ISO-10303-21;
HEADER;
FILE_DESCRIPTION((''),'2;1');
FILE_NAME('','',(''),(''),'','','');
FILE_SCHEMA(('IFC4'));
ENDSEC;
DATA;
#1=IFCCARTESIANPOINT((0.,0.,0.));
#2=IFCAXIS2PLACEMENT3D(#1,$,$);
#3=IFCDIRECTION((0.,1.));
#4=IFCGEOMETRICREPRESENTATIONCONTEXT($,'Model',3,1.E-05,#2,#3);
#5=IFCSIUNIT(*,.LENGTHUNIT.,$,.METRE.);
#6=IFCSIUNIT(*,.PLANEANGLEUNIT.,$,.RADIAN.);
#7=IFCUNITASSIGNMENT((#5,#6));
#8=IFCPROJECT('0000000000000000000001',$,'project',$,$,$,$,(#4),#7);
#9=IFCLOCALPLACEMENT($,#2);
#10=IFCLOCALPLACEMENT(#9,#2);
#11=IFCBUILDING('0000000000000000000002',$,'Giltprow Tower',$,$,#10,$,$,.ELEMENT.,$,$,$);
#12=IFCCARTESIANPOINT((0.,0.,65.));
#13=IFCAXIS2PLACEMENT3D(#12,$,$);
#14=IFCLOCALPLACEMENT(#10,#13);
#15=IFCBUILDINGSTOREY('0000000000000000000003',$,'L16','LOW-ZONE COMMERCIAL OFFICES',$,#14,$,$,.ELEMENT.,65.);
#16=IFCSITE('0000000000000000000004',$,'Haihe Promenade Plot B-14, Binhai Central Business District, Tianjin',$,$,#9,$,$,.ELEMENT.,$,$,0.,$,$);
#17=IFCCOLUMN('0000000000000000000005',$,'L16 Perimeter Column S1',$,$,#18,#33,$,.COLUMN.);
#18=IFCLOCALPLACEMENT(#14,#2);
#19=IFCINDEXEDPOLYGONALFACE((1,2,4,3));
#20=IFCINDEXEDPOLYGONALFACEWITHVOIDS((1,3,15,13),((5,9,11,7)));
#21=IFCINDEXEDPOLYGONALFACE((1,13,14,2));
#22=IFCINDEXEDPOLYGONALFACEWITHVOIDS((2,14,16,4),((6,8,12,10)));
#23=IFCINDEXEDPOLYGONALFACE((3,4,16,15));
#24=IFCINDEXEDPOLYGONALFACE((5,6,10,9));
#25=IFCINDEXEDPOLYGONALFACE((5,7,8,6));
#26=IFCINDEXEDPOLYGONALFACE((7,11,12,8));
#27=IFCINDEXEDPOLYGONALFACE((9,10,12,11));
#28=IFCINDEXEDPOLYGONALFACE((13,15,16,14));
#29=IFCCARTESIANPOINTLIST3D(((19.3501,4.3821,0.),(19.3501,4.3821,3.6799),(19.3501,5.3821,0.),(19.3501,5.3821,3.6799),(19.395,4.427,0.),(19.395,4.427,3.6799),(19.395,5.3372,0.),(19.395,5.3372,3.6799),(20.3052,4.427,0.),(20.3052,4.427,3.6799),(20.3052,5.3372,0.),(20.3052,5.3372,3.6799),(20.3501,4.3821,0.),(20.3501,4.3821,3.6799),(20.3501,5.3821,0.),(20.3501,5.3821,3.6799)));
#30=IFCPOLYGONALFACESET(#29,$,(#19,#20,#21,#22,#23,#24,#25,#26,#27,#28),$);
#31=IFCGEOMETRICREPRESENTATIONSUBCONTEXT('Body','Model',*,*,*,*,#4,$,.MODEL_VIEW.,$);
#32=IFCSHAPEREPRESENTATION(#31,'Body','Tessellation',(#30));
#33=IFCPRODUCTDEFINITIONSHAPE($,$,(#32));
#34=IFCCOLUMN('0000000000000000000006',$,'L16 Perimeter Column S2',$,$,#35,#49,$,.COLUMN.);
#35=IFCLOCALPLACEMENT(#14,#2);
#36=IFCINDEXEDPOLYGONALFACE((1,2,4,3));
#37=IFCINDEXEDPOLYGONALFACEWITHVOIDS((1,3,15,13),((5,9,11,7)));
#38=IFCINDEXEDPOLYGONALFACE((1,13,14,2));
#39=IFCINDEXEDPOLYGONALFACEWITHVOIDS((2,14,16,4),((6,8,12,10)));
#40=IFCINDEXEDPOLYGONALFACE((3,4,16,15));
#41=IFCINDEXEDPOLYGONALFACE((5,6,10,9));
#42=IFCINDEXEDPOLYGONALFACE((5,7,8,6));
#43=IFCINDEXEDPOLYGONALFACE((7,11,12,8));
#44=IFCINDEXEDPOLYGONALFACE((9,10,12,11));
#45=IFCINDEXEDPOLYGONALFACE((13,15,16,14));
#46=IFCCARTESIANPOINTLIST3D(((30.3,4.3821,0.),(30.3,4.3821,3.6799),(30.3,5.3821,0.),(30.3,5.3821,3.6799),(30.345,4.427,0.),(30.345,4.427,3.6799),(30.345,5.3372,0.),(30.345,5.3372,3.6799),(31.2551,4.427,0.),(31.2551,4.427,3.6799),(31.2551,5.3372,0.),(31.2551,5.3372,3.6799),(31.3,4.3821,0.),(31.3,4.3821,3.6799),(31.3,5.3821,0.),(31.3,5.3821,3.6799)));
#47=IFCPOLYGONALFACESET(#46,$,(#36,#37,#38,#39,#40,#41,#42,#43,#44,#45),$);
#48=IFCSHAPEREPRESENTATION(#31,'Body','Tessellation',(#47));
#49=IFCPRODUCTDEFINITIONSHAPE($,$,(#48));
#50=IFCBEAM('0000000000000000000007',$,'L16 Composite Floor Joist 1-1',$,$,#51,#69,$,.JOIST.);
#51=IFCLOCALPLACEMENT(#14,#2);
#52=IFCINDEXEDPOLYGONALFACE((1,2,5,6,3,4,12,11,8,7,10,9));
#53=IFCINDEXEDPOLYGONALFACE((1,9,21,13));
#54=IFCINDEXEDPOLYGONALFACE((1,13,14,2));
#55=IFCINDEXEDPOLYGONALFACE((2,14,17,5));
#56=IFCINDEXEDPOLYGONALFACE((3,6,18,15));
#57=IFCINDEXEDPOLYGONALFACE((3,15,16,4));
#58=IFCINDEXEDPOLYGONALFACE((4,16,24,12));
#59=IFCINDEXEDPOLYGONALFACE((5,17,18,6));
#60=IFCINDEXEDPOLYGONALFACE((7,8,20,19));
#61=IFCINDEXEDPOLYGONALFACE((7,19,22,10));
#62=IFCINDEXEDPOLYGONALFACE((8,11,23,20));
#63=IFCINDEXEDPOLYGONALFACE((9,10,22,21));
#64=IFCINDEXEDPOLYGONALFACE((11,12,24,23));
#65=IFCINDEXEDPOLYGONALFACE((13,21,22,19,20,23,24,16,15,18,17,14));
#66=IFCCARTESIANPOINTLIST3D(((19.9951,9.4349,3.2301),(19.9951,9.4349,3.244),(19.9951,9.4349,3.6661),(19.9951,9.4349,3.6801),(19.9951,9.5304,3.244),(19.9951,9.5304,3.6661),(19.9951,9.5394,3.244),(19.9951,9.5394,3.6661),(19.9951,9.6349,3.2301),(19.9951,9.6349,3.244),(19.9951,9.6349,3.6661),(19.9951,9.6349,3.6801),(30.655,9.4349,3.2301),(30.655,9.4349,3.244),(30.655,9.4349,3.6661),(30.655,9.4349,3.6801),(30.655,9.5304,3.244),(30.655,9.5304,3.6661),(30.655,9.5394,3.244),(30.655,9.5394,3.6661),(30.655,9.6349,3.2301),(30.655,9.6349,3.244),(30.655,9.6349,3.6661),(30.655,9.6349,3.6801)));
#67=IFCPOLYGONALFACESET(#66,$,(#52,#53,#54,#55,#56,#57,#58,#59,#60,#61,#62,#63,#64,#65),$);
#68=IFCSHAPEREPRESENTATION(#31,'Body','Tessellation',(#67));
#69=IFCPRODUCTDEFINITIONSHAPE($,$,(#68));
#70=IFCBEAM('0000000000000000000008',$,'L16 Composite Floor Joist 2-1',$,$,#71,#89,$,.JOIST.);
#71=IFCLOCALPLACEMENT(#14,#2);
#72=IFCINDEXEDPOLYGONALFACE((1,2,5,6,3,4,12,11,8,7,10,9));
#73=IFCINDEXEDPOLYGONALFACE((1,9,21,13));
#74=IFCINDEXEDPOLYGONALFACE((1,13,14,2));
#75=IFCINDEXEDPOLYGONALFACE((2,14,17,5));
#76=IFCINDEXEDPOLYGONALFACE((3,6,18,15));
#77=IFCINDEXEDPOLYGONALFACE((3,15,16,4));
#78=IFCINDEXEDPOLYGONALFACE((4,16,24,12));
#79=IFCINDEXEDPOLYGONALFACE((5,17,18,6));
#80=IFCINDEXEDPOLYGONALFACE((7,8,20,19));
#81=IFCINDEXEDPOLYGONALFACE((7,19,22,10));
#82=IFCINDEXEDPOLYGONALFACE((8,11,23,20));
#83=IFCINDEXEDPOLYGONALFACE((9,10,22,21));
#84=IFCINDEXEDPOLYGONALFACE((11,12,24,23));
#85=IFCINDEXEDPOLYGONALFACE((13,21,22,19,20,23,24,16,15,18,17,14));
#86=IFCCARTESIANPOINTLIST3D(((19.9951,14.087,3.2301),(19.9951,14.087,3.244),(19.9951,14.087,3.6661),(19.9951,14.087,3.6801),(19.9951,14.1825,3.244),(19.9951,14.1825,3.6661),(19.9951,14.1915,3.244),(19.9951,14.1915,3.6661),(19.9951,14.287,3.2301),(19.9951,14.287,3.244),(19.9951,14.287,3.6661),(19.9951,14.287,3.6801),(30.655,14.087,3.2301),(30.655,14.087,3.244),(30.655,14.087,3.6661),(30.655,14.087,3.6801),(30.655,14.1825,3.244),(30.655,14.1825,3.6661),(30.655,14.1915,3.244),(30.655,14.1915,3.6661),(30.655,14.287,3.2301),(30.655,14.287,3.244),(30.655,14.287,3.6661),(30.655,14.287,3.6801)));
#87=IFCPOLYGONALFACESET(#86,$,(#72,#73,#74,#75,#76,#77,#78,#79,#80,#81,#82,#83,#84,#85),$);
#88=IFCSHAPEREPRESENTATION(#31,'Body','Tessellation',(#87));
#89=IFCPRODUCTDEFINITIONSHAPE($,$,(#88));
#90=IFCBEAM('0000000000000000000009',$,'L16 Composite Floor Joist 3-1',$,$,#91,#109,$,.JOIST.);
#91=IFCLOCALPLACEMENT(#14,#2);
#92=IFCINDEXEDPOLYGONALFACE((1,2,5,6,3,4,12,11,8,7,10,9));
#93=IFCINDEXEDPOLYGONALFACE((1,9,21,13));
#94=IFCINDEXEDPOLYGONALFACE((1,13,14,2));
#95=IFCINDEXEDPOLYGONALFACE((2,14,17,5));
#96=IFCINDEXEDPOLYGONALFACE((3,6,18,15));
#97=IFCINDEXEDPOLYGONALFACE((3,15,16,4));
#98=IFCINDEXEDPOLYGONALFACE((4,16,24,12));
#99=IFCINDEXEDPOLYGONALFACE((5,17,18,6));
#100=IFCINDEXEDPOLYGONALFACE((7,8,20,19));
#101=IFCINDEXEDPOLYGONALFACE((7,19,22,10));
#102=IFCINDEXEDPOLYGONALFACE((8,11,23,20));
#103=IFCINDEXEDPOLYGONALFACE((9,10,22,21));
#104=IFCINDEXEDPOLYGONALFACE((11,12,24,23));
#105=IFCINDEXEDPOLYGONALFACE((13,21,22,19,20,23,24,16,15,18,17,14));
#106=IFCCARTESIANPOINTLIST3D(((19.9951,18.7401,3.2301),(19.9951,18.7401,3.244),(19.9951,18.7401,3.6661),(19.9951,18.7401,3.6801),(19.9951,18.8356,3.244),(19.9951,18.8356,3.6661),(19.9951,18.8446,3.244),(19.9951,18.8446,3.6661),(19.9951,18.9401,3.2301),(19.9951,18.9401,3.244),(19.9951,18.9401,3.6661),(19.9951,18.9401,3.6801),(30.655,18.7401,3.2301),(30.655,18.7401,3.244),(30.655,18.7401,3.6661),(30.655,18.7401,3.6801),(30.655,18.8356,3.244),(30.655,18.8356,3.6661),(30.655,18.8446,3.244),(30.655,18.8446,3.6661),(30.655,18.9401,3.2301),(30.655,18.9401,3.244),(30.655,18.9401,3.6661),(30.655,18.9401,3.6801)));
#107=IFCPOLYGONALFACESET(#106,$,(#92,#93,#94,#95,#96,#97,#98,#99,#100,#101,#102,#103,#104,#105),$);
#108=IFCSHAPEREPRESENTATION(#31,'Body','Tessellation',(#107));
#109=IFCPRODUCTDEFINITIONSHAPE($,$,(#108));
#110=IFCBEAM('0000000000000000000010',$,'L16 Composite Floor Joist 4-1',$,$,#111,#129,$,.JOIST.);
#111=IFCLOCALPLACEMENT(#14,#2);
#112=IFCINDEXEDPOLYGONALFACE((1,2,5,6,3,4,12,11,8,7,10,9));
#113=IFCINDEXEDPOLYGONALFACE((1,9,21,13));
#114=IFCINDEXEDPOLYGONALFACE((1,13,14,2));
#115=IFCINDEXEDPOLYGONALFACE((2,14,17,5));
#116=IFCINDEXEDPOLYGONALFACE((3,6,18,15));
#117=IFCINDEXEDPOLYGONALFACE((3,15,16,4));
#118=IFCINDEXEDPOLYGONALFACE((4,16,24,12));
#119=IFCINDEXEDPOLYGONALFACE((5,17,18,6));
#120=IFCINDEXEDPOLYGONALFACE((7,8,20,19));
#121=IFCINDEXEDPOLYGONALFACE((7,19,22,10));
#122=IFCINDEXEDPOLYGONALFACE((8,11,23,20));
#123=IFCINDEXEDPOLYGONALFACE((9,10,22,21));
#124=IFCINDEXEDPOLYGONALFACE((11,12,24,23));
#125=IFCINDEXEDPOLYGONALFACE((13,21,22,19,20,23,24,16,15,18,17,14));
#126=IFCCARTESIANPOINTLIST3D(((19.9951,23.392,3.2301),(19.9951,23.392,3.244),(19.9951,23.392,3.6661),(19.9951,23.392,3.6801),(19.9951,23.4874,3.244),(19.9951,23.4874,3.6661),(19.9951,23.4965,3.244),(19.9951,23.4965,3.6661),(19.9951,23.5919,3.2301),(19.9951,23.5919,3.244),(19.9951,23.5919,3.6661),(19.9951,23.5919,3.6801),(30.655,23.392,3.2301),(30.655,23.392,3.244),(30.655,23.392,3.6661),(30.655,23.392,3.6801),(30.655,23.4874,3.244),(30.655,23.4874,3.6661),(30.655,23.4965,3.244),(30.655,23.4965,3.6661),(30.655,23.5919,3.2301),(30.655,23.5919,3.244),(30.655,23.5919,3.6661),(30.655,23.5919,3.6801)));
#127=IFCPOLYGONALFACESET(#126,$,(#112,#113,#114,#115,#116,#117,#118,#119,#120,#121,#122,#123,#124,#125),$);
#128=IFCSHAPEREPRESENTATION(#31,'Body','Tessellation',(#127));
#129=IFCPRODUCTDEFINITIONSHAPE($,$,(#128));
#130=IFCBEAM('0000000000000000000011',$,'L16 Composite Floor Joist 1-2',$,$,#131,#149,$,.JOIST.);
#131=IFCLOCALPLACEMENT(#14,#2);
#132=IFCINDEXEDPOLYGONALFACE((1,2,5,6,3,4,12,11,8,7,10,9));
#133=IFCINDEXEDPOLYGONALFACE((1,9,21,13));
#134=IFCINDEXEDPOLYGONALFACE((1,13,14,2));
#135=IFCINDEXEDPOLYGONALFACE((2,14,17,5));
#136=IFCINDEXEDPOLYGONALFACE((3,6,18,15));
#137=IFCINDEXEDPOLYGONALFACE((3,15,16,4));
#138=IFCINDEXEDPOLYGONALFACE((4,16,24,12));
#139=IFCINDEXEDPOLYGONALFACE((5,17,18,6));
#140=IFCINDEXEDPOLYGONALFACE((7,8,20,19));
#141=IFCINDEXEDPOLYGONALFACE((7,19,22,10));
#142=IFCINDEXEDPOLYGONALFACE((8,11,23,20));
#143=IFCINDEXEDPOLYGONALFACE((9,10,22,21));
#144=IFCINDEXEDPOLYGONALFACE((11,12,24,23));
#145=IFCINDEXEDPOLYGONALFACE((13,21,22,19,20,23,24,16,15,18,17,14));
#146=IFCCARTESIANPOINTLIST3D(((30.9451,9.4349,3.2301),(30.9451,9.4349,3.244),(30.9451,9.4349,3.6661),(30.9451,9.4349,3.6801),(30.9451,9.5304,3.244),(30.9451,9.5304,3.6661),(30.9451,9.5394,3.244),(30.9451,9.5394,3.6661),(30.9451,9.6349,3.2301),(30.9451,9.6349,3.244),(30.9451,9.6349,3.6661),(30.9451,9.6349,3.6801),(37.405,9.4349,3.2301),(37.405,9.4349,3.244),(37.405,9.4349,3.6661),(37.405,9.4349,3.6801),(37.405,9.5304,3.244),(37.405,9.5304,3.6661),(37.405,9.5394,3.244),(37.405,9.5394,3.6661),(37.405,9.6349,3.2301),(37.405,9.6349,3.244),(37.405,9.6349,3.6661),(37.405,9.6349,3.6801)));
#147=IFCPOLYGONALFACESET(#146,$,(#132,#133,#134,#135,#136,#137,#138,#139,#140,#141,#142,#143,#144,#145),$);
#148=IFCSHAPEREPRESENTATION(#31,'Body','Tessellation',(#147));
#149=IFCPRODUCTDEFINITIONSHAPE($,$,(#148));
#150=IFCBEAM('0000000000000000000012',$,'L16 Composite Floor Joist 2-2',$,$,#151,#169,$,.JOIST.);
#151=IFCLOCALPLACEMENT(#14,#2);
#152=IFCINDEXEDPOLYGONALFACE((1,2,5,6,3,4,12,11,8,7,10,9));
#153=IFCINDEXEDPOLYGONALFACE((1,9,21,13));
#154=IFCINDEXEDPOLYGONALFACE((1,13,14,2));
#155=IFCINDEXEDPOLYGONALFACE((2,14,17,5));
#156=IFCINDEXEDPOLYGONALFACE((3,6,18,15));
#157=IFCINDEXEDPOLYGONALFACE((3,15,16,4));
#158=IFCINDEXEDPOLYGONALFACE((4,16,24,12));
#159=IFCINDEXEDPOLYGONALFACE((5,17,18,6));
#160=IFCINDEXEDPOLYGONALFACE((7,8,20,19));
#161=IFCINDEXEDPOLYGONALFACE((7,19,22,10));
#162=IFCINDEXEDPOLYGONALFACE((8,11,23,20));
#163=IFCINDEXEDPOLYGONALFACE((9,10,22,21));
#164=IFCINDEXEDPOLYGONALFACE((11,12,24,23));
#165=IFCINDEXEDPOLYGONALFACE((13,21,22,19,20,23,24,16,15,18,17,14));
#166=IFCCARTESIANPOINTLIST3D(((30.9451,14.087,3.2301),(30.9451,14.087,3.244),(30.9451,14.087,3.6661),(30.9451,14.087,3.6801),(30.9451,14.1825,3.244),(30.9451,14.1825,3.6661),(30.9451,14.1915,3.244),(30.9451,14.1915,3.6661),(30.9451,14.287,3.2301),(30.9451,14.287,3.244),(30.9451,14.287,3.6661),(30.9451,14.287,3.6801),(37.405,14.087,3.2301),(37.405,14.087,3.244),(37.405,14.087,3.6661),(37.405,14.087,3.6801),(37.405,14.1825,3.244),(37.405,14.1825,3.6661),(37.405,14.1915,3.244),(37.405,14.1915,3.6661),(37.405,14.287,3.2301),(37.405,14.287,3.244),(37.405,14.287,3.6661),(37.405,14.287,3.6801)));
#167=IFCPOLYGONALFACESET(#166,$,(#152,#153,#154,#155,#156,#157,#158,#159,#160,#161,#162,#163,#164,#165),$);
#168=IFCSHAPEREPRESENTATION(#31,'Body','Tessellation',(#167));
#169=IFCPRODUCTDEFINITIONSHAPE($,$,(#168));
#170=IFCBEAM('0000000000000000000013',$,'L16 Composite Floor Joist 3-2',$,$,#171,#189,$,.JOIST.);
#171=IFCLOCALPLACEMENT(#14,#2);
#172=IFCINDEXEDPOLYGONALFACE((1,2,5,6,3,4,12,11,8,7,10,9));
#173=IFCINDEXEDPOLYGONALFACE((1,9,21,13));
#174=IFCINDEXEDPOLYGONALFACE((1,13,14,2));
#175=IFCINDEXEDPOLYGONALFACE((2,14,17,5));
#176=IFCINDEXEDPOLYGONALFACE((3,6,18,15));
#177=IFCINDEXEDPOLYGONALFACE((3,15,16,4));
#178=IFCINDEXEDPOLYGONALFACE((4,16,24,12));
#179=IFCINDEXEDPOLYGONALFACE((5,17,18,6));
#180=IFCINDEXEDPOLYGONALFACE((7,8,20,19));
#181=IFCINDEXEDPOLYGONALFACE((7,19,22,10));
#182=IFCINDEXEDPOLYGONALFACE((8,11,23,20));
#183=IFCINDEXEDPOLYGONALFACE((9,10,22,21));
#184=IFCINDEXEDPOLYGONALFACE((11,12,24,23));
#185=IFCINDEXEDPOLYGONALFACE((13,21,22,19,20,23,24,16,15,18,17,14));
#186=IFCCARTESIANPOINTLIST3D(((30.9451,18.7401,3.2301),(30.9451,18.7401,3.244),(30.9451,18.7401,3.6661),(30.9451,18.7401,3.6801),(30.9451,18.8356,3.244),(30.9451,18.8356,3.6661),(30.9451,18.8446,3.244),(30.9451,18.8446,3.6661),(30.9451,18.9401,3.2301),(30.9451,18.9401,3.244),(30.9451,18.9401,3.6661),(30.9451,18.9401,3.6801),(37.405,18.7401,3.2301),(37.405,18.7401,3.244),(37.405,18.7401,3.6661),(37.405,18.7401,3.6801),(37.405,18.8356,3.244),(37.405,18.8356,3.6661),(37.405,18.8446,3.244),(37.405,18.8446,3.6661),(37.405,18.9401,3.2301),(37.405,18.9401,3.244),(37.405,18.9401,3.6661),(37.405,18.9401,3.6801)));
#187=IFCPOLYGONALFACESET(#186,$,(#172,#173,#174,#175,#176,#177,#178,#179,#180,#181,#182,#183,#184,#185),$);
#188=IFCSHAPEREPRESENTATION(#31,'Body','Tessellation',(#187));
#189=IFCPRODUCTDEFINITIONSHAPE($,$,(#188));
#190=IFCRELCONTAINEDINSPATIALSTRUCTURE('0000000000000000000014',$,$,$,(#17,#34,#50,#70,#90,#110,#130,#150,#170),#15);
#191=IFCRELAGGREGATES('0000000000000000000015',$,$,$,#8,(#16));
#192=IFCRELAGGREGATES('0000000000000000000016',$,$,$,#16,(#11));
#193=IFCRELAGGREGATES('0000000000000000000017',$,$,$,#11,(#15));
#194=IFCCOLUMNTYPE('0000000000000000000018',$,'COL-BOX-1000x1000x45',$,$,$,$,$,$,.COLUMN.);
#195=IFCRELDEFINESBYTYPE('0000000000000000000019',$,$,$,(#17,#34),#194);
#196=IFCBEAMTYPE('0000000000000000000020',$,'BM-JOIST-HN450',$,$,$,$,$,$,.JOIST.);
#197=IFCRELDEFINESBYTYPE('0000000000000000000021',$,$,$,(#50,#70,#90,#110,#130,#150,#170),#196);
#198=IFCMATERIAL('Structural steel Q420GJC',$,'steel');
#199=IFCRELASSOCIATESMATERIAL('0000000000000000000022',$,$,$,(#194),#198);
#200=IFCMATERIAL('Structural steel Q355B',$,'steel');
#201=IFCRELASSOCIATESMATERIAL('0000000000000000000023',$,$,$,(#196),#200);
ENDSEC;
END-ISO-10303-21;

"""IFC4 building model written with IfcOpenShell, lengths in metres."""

from ifc_helpers import new_model, si_unit, direction, frame, origin, origin_2d, place, context, subcontext, project, spatial, hollow_rectangle, i_section, extrude, source, transform, mapped, material, material_profile, profile_set, type_object, element, save


model = new_model("IFC4")

# Units and contexts
model_context = context("Model", 3, precision=1e-05, world=origin(), true_north=direction((0.0, 1.0)))
body_context = subcontext(model_context, "Body", "Model", "MODEL_VIEW")
ifc_project = project(units=[si_unit("LENGTHUNIT", "METRE"), si_unit("PLANEANGLEUNIT", "RADIAN")], contexts=[model_context])

# Site, building, storey
site_placement = place(None, origin())
site = spatial("IfcSite", under=ifc_project, at=site_placement, Name="Haihe Promenade Plot B-14, Binhai Central Business District, Tianjin", CompositionType="ELEMENT", RefElevation=0.0)
building_placement = place(site_placement, origin())
building = spatial("IfcBuilding", under=site, at=building_placement, Name="Giltprow Tower", CompositionType="ELEMENT")
storey_placement = place(building_placement, frame((0.0, 0.0, 65.0)))
storey = spatial("IfcBuildingStorey", under=building, at=storey_placement, Name="L16", Description="LOW-ZONE COMMERCIAL OFFICES", CompositionType="ELEMENT", Elevation=65.0)

# Columns
ifc_material_1 = material(Name="Structural steel Q420GJC", Category="steel")
ifc_material_profile_1 = material_profile(ifc_material_1, hollow_rectangle(XDim=1.0, YDim=1.0, WallThickness=0.0449, at=origin_2d()), Name="BOX 1000x1000x45")
ifc_profile_set_1 = profile_set([ifc_material_profile_1], Name="Structural steel Q420GJC")
column_type = type_object("IfcColumnType", Name="COL-BOX-1000x1000x45", PredefinedType="COLUMN", material=ifc_profile_set_1)
shared_shape_1 = source(origin(), body_context, "Body", "SweptSolid", [
    extrude(hollow_rectangle(XDim=1.0, YDim=1.0, WallThickness=0.0449, at=origin_2d()), origin(), (0.0, 0.0, 1.0), 3.6799),
])
for number, where, z_axis, x_axis, name in (
    (1, (19.8501, 4.8821, 0.0), (0.0, 0.0, 1.0), (1.0, 0.0, 0.0), "L16 Perimeter Column S1"),
    (2, (30.8, 4.8821, 0.0), (0.0, 0.0, 1.0), (1.0, 0.0, 0.0), "L16 Perimeter Column S2"),
):
    element("IfcColumn", number, at=place(storey_placement, frame(where, z_axis=z_axis, x_axis=x_axis)), inside=storey, type_object=column_type, Name=name, PredefinedType="COLUMN", context=body_context, shape_type="MappedRepresentation", body=[
        mapped(shared_shape_1, transform((0.0, 0.0, 0.0), x_axis=(1.0, 0.0, 0.0), y_axis=(0.0, 1.0, 0.0), z_axis=(0.0, 0.0, 1.0), scale=1.0)),
    ])

# Beams
ifc_material_2 = material(Name="Structural steel Q355B", Category="steel")
ifc_material_profile_2 = material_profile(ifc_material_2, i_section(OverallWidth=0.2, OverallDepth=0.45, WebThickness=0.009, FlangeThickness=0.0139, at=origin_2d()), Name="HN 450x200x9x14")
ifc_profile_set_2 = profile_set([ifc_material_profile_2], Name="Structural steel Q355B")
beam_type_1 = type_object("IfcBeamType", Name="BM-JOIST-HN450", PredefinedType="JOIST", material=ifc_profile_set_2)
shared_shape_2 = source(origin(), body_context, "Body", "SweptSolid", [
    extrude(i_section(OverallWidth=0.2, OverallDepth=0.45, WebThickness=0.009, FlangeThickness=0.0139, at=origin_2d()), origin(), (0.0, 0.0, 1.0), 10.6599),
])
for number, where, z_axis, x_axis, name in (
    (3, (19.9951, 9.5349, 3.4551), (1.0, 0.0, 0.0), (0.0, 1.0, 0.0), "L16 Composite Floor Joist 1-1"),
    (4, (19.9951, 14.187, 3.4551), (1.0, 0.0, 0.0), (0.0, 1.0, 0.0), "L16 Composite Floor Joist 2-1"),
    (5, (19.9951, 18.8401, 3.4551), (1.0, 0.0, 0.0), (0.0, 1.0, 0.0), "L16 Composite Floor Joist 3-1"),
    (6, (19.9951, 23.4919, 3.4551), (1.0, 0.0, 0.0), (0.0, 1.0, 0.0), "L16 Composite Floor Joist 4-1"),
):
    element("IfcBeam", number, at=place(storey_placement, frame(where, z_axis=z_axis, x_axis=x_axis)), inside=storey, type_object=beam_type_1, Name=name, PredefinedType="JOIST", context=body_context, shape_type="MappedRepresentation", body=[
        mapped(shared_shape_2, transform((0.0, 0.0, 0.0), x_axis=(1.0, 0.0, 0.0), y_axis=(0.0, 1.0, 0.0), z_axis=(0.0, 0.0, 1.0), scale=1.0)),
    ])
shared_shape_3 = source(origin(), body_context, "Body", "SweptSolid", [
    extrude(i_section(OverallWidth=0.2, OverallDepth=0.45, WebThickness=0.009, FlangeThickness=0.0139, at=origin_2d()), origin(), (0.0, 0.0, 1.0), 6.46),
])
for number, where, z_axis, x_axis, name in (
    (7, (30.9451, 9.5349, 3.4551), (1.0, 0.0, 0.0), (0.0, 1.0, 0.0), "L16 Composite Floor Joist 1-2"),
    (8, (30.9451, 14.187, 3.4551), (1.0, 0.0, 0.0), (0.0, 1.0, 0.0), "L16 Composite Floor Joist 2-2"),
    (9, (30.9451, 18.8401, 3.4551), (1.0, 0.0, 0.0), (0.0, 1.0, 0.0), "L16 Composite Floor Joist 3-2"),
):
    element("IfcBeam", number, at=place(storey_placement, frame(where, z_axis=z_axis, x_axis=x_axis)), inside=storey, type_object=beam_type_1, Name=name, PredefinedType="JOIST", context=body_context, shape_type="MappedRepresentation", body=[
        mapped(shared_shape_3, transform((0.0, 0.0, 0.0), x_axis=(1.0, 0.0, 0.0), y_axis=(0.0, 1.0, 0.0), z_axis=(0.0, 0.0, 1.0), scale=1.0)),
    ])

save(model, "model.ifc")
